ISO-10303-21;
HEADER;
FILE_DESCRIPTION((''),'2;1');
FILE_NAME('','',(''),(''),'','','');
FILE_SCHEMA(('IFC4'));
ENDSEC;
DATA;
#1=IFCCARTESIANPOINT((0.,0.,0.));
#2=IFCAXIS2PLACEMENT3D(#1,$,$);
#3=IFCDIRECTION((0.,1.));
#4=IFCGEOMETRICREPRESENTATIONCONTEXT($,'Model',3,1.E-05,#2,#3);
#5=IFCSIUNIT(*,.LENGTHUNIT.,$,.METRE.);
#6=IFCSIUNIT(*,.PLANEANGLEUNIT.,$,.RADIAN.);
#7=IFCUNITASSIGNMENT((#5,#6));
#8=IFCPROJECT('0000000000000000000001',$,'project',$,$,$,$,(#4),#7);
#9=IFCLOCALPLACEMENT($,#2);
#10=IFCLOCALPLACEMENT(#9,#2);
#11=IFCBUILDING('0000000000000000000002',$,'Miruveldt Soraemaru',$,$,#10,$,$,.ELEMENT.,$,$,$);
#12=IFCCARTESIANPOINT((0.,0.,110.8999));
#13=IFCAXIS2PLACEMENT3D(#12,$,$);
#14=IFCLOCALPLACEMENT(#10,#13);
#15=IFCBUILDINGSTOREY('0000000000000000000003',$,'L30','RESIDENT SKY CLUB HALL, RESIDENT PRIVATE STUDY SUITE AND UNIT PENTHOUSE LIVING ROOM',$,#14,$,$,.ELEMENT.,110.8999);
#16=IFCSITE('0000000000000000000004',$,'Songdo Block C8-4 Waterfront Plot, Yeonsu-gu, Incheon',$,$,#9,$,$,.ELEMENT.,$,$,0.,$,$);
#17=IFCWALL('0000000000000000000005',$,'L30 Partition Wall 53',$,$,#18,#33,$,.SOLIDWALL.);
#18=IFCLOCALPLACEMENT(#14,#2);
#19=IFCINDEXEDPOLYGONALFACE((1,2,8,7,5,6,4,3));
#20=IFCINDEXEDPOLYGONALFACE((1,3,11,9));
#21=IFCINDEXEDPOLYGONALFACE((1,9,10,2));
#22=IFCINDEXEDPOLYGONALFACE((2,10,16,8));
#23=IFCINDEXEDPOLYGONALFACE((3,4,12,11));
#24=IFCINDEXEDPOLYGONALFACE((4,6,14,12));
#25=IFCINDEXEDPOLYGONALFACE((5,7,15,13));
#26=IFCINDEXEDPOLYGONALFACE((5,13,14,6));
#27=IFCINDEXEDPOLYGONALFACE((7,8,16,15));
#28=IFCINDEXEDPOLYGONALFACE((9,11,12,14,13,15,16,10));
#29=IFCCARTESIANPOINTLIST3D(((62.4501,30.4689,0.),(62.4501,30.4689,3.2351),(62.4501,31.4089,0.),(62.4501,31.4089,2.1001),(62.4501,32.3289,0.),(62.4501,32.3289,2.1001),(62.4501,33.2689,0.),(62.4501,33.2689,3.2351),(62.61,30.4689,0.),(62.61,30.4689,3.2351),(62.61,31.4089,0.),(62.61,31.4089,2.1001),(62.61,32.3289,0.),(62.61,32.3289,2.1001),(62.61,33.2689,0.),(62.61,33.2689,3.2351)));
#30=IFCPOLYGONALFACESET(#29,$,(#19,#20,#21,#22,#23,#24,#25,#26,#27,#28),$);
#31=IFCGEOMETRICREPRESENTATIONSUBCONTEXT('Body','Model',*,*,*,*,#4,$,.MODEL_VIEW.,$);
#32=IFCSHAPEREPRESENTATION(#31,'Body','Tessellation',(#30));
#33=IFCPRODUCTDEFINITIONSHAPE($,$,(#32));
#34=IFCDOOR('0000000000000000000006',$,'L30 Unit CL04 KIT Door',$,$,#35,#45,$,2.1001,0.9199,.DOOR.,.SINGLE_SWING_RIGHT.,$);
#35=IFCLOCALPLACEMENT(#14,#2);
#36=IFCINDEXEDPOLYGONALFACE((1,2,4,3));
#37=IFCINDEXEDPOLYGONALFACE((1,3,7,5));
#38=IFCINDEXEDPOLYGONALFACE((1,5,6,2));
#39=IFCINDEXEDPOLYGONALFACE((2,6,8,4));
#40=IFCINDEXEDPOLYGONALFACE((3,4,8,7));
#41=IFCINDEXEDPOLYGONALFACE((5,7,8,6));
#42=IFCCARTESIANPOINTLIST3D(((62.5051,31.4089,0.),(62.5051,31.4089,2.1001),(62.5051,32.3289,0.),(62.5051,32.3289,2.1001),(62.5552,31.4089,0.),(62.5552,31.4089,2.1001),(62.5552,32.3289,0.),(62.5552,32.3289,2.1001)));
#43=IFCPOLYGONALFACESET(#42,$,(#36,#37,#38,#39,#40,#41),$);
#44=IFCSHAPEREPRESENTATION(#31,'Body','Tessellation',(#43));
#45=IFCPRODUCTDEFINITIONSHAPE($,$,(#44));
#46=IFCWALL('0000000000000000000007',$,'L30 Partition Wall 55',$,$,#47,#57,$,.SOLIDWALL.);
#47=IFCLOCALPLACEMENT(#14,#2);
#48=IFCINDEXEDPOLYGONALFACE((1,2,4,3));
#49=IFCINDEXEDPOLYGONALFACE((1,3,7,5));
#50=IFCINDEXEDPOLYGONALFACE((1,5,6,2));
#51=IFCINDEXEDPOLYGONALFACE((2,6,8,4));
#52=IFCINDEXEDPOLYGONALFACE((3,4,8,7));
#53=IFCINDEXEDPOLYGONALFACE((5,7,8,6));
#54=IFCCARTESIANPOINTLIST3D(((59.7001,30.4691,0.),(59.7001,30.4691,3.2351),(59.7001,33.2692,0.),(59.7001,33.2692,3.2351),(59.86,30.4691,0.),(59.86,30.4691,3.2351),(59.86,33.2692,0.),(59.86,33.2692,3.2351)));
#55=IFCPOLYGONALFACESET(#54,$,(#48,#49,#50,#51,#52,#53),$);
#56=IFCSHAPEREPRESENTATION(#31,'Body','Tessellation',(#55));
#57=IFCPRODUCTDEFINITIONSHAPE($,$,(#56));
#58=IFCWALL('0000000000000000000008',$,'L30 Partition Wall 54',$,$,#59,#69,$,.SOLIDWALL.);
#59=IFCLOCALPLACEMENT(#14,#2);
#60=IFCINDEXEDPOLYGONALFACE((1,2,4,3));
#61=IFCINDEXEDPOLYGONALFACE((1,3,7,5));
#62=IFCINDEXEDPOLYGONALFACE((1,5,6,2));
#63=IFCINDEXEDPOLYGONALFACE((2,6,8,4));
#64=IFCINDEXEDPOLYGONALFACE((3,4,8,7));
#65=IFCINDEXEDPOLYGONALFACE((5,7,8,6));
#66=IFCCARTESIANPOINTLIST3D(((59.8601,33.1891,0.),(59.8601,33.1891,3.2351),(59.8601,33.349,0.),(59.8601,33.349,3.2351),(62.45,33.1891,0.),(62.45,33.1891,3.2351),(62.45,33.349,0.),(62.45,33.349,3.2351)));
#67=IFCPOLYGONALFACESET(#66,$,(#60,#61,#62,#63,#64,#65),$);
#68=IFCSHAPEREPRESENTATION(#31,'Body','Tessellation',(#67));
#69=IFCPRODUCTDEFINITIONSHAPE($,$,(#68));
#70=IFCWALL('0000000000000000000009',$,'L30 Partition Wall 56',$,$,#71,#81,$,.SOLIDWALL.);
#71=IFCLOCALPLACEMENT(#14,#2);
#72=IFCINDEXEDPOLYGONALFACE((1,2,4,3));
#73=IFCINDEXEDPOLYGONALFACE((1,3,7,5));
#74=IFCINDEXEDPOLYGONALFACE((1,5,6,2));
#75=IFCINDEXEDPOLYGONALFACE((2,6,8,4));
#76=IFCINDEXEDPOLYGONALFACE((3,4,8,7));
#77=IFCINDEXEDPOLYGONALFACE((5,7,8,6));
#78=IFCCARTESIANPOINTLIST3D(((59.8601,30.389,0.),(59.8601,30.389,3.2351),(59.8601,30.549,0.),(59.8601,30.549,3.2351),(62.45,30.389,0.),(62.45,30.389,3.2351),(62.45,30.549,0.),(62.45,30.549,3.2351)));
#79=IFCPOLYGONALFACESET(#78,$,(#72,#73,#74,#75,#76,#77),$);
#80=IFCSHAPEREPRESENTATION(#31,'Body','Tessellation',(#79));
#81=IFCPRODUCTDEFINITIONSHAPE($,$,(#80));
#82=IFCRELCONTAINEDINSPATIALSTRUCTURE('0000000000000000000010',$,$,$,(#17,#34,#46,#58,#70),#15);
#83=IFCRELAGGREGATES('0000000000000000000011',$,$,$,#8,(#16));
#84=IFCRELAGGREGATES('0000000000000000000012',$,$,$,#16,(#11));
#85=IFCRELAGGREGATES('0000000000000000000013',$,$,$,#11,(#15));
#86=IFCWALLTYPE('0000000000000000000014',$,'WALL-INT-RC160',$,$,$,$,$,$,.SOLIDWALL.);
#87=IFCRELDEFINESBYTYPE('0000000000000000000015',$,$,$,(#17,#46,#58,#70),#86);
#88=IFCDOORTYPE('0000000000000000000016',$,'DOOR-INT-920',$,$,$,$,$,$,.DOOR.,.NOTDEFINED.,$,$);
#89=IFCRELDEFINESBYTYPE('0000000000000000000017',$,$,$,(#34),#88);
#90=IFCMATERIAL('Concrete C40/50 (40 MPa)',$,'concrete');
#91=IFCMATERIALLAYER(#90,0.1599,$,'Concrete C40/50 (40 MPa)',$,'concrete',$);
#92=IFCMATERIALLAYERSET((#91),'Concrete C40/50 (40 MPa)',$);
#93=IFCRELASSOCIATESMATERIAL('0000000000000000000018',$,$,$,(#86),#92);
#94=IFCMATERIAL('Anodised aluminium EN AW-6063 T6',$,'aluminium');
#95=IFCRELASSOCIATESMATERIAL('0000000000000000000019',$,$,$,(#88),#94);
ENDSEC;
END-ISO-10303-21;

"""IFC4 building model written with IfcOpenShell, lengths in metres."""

from ifc_helpers import new_model, si_unit, direction, frame, frame_2d, origin, place, context, subcontext, project, spatial, rectangle, extrude, material, layer, layer_set, type_object, element, fill, save


model = new_model("IFC4")

# Units and contexts
model_context = context("Model", 3, precision=1e-05, world=origin(), true_north=direction((0.0, 1.0)))
body_context = subcontext(model_context, "Body", "Model", "MODEL_VIEW")
ifc_project = project(units=[si_unit("LENGTHUNIT", "METRE"), si_unit("PLANEANGLEUNIT", "RADIAN")], contexts=[model_context])

# Site, building, storey
site_placement = place(None, origin())
site = spatial("IfcSite", under=ifc_project, at=site_placement, Name="Songdo Block C8-4 Waterfront Plot, Yeonsu-gu, Incheon", CompositionType="ELEMENT", RefElevation=0.0)
building_placement = place(site_placement, origin())
building = spatial("IfcBuilding", under=site, at=building_placement, Name="Miruveldt Soraemaru", CompositionType="ELEMENT")
storey_placement = place(building_placement, frame((0.0, 0.0, 110.8999)))
storey = spatial("IfcBuildingStorey", under=building, at=storey_placement, Name="L30", Description="RESIDENT SKY CLUB HALL, RESIDENT PRIVATE STUDY SUITE AND UNIT PENTHOUSE LIVING ROOM", CompositionType="ELEMENT", Elevation=110.8999)

# Wall, opening, door
ifc_material_1 = material(Name="Concrete C40/50 (40 MPa)", Category="concrete")
ifc_layer_1 = layer(ifc_material_1, 0.1599, Name="Concrete C40/50 (40 MPa)", Category="concrete")
ifc_layer_set_1 = layer_set([ifc_layer_1], Name="Concrete C40/50 (40 MPa)")
wall_type_1 = type_object("IfcWallType", Name="WALL-INT-RC160", PredefinedType="SOLIDWALL", material=ifc_layer_set_1)
wall_1_placement = place(storey_placement, frame((62.53, 30.469, 0.0), z_axis=(0.0, 0.0, 1.0), x_axis=(0.0, 1.0, 0.0)))
wall_1 = element("IfcWall", 1, at=wall_1_placement, inside=storey, type_object=wall_type_1, Name="L30 Partition Wall 53", PredefinedType="SOLIDWALL", context=body_context, shape_type="SweptSolid", body=[
    extrude(rectangle(XDim=2.8, YDim=0.1599, at=frame_2d((1.3999, 0.0))), origin(), (0.0, 0.0, 1.0), 3.2351),
])
opening_1_placement = place(wall_1_placement, frame((0.9399, 0.0, 0.0)))
opening_1 = element("IfcOpeningElement", 2, at=opening_1_placement, cuts=wall_1, PredefinedType="OPENING", context=body_context, shape_type="SweptSolid", body=[
    extrude(rectangle(XDim=0.9199, YDim=2.1001, at=frame_2d((0.46, 1.05))), frame((0.0, 0.0898, 0.0), z_axis=(0.0, -1.0, 0.0), x_axis=(1.0, 0.0, 0.0)), (0.0, 0.0, 1.0), 0.1799),
])
ifc_material_2 = material(Name="Anodised aluminium EN AW-6063 T6", Category="aluminium")
door_type = type_object("IfcDoorType", Name="DOOR-INT-920", OperationType="NOTDEFINED", PredefinedType="DOOR", material=ifc_material_2)
door_placement = place(opening_1_placement, origin())
door = element("IfcDoor", 3, at=door_placement, inside=storey, type_object=door_type, Name="L30 Unit CL04 KIT Door", OperationType="SINGLE_SWING_RIGHT", OverallHeight=2.1001, OverallWidth=0.9199, PredefinedType="DOOR", context=body_context, shape_type="SweptSolid", body=[
    extrude(rectangle(XDim=0.9199, YDim=2.1001, at=frame_2d((0.46, 1.05))), frame((0.0, 0.0249, 0.0), z_axis=(0.0, -1.0, 0.0), x_axis=(1.0, 0.0, 0.0)), (0.0, 0.0, 1.0), 0.05),
])
fill(opening_1, door)

# Walls
wall_2_placement = place(storey_placement, frame((59.78, 33.269, 0.0), z_axis=(0.0, 0.0, 1.0), x_axis=(0.0, -1.0, 0.0)))
element("IfcWall", 4, at=wall_2_placement, inside=storey, type_object=wall_type_1, Name="L30 Partition Wall 55", PredefinedType="SOLIDWALL", context=body_context, shape_type="SweptSolid", body=[
    extrude(rectangle(XDim=2.8, YDim=0.1599, at=frame_2d((1.3999, 0.0))), origin(), (0.0, 0.0, 1.0), 3.2351),
])
for number, where, z_axis, x_axis, name in (
    (5, (62.45, 33.269, 0.0), (0.0, 0.0, 1.0), (-1.0, 0.0, 0.0), "L30 Partition Wall 54"),
    (6, (59.8601, 30.469, 0.0), (0.0, 0.0, 1.0), (1.0, 0.0, 0.0), "L30 Partition Wall 56"),
):
    element("IfcWall", number, at=place(storey_placement, frame(where, z_axis=z_axis, x_axis=x_axis)), inside=storey, type_object=wall_type_1, Name=name, PredefinedType="SOLIDWALL", context=body_context, shape_type="SweptSolid", body=[
        extrude(rectangle(XDim=2.5898, YDim=0.1599, at=frame_2d((1.2949, 0.0))), origin(), (0.0, 0.0, 1.0), 3.2351),
    ])

save(model, "model.ifc")
